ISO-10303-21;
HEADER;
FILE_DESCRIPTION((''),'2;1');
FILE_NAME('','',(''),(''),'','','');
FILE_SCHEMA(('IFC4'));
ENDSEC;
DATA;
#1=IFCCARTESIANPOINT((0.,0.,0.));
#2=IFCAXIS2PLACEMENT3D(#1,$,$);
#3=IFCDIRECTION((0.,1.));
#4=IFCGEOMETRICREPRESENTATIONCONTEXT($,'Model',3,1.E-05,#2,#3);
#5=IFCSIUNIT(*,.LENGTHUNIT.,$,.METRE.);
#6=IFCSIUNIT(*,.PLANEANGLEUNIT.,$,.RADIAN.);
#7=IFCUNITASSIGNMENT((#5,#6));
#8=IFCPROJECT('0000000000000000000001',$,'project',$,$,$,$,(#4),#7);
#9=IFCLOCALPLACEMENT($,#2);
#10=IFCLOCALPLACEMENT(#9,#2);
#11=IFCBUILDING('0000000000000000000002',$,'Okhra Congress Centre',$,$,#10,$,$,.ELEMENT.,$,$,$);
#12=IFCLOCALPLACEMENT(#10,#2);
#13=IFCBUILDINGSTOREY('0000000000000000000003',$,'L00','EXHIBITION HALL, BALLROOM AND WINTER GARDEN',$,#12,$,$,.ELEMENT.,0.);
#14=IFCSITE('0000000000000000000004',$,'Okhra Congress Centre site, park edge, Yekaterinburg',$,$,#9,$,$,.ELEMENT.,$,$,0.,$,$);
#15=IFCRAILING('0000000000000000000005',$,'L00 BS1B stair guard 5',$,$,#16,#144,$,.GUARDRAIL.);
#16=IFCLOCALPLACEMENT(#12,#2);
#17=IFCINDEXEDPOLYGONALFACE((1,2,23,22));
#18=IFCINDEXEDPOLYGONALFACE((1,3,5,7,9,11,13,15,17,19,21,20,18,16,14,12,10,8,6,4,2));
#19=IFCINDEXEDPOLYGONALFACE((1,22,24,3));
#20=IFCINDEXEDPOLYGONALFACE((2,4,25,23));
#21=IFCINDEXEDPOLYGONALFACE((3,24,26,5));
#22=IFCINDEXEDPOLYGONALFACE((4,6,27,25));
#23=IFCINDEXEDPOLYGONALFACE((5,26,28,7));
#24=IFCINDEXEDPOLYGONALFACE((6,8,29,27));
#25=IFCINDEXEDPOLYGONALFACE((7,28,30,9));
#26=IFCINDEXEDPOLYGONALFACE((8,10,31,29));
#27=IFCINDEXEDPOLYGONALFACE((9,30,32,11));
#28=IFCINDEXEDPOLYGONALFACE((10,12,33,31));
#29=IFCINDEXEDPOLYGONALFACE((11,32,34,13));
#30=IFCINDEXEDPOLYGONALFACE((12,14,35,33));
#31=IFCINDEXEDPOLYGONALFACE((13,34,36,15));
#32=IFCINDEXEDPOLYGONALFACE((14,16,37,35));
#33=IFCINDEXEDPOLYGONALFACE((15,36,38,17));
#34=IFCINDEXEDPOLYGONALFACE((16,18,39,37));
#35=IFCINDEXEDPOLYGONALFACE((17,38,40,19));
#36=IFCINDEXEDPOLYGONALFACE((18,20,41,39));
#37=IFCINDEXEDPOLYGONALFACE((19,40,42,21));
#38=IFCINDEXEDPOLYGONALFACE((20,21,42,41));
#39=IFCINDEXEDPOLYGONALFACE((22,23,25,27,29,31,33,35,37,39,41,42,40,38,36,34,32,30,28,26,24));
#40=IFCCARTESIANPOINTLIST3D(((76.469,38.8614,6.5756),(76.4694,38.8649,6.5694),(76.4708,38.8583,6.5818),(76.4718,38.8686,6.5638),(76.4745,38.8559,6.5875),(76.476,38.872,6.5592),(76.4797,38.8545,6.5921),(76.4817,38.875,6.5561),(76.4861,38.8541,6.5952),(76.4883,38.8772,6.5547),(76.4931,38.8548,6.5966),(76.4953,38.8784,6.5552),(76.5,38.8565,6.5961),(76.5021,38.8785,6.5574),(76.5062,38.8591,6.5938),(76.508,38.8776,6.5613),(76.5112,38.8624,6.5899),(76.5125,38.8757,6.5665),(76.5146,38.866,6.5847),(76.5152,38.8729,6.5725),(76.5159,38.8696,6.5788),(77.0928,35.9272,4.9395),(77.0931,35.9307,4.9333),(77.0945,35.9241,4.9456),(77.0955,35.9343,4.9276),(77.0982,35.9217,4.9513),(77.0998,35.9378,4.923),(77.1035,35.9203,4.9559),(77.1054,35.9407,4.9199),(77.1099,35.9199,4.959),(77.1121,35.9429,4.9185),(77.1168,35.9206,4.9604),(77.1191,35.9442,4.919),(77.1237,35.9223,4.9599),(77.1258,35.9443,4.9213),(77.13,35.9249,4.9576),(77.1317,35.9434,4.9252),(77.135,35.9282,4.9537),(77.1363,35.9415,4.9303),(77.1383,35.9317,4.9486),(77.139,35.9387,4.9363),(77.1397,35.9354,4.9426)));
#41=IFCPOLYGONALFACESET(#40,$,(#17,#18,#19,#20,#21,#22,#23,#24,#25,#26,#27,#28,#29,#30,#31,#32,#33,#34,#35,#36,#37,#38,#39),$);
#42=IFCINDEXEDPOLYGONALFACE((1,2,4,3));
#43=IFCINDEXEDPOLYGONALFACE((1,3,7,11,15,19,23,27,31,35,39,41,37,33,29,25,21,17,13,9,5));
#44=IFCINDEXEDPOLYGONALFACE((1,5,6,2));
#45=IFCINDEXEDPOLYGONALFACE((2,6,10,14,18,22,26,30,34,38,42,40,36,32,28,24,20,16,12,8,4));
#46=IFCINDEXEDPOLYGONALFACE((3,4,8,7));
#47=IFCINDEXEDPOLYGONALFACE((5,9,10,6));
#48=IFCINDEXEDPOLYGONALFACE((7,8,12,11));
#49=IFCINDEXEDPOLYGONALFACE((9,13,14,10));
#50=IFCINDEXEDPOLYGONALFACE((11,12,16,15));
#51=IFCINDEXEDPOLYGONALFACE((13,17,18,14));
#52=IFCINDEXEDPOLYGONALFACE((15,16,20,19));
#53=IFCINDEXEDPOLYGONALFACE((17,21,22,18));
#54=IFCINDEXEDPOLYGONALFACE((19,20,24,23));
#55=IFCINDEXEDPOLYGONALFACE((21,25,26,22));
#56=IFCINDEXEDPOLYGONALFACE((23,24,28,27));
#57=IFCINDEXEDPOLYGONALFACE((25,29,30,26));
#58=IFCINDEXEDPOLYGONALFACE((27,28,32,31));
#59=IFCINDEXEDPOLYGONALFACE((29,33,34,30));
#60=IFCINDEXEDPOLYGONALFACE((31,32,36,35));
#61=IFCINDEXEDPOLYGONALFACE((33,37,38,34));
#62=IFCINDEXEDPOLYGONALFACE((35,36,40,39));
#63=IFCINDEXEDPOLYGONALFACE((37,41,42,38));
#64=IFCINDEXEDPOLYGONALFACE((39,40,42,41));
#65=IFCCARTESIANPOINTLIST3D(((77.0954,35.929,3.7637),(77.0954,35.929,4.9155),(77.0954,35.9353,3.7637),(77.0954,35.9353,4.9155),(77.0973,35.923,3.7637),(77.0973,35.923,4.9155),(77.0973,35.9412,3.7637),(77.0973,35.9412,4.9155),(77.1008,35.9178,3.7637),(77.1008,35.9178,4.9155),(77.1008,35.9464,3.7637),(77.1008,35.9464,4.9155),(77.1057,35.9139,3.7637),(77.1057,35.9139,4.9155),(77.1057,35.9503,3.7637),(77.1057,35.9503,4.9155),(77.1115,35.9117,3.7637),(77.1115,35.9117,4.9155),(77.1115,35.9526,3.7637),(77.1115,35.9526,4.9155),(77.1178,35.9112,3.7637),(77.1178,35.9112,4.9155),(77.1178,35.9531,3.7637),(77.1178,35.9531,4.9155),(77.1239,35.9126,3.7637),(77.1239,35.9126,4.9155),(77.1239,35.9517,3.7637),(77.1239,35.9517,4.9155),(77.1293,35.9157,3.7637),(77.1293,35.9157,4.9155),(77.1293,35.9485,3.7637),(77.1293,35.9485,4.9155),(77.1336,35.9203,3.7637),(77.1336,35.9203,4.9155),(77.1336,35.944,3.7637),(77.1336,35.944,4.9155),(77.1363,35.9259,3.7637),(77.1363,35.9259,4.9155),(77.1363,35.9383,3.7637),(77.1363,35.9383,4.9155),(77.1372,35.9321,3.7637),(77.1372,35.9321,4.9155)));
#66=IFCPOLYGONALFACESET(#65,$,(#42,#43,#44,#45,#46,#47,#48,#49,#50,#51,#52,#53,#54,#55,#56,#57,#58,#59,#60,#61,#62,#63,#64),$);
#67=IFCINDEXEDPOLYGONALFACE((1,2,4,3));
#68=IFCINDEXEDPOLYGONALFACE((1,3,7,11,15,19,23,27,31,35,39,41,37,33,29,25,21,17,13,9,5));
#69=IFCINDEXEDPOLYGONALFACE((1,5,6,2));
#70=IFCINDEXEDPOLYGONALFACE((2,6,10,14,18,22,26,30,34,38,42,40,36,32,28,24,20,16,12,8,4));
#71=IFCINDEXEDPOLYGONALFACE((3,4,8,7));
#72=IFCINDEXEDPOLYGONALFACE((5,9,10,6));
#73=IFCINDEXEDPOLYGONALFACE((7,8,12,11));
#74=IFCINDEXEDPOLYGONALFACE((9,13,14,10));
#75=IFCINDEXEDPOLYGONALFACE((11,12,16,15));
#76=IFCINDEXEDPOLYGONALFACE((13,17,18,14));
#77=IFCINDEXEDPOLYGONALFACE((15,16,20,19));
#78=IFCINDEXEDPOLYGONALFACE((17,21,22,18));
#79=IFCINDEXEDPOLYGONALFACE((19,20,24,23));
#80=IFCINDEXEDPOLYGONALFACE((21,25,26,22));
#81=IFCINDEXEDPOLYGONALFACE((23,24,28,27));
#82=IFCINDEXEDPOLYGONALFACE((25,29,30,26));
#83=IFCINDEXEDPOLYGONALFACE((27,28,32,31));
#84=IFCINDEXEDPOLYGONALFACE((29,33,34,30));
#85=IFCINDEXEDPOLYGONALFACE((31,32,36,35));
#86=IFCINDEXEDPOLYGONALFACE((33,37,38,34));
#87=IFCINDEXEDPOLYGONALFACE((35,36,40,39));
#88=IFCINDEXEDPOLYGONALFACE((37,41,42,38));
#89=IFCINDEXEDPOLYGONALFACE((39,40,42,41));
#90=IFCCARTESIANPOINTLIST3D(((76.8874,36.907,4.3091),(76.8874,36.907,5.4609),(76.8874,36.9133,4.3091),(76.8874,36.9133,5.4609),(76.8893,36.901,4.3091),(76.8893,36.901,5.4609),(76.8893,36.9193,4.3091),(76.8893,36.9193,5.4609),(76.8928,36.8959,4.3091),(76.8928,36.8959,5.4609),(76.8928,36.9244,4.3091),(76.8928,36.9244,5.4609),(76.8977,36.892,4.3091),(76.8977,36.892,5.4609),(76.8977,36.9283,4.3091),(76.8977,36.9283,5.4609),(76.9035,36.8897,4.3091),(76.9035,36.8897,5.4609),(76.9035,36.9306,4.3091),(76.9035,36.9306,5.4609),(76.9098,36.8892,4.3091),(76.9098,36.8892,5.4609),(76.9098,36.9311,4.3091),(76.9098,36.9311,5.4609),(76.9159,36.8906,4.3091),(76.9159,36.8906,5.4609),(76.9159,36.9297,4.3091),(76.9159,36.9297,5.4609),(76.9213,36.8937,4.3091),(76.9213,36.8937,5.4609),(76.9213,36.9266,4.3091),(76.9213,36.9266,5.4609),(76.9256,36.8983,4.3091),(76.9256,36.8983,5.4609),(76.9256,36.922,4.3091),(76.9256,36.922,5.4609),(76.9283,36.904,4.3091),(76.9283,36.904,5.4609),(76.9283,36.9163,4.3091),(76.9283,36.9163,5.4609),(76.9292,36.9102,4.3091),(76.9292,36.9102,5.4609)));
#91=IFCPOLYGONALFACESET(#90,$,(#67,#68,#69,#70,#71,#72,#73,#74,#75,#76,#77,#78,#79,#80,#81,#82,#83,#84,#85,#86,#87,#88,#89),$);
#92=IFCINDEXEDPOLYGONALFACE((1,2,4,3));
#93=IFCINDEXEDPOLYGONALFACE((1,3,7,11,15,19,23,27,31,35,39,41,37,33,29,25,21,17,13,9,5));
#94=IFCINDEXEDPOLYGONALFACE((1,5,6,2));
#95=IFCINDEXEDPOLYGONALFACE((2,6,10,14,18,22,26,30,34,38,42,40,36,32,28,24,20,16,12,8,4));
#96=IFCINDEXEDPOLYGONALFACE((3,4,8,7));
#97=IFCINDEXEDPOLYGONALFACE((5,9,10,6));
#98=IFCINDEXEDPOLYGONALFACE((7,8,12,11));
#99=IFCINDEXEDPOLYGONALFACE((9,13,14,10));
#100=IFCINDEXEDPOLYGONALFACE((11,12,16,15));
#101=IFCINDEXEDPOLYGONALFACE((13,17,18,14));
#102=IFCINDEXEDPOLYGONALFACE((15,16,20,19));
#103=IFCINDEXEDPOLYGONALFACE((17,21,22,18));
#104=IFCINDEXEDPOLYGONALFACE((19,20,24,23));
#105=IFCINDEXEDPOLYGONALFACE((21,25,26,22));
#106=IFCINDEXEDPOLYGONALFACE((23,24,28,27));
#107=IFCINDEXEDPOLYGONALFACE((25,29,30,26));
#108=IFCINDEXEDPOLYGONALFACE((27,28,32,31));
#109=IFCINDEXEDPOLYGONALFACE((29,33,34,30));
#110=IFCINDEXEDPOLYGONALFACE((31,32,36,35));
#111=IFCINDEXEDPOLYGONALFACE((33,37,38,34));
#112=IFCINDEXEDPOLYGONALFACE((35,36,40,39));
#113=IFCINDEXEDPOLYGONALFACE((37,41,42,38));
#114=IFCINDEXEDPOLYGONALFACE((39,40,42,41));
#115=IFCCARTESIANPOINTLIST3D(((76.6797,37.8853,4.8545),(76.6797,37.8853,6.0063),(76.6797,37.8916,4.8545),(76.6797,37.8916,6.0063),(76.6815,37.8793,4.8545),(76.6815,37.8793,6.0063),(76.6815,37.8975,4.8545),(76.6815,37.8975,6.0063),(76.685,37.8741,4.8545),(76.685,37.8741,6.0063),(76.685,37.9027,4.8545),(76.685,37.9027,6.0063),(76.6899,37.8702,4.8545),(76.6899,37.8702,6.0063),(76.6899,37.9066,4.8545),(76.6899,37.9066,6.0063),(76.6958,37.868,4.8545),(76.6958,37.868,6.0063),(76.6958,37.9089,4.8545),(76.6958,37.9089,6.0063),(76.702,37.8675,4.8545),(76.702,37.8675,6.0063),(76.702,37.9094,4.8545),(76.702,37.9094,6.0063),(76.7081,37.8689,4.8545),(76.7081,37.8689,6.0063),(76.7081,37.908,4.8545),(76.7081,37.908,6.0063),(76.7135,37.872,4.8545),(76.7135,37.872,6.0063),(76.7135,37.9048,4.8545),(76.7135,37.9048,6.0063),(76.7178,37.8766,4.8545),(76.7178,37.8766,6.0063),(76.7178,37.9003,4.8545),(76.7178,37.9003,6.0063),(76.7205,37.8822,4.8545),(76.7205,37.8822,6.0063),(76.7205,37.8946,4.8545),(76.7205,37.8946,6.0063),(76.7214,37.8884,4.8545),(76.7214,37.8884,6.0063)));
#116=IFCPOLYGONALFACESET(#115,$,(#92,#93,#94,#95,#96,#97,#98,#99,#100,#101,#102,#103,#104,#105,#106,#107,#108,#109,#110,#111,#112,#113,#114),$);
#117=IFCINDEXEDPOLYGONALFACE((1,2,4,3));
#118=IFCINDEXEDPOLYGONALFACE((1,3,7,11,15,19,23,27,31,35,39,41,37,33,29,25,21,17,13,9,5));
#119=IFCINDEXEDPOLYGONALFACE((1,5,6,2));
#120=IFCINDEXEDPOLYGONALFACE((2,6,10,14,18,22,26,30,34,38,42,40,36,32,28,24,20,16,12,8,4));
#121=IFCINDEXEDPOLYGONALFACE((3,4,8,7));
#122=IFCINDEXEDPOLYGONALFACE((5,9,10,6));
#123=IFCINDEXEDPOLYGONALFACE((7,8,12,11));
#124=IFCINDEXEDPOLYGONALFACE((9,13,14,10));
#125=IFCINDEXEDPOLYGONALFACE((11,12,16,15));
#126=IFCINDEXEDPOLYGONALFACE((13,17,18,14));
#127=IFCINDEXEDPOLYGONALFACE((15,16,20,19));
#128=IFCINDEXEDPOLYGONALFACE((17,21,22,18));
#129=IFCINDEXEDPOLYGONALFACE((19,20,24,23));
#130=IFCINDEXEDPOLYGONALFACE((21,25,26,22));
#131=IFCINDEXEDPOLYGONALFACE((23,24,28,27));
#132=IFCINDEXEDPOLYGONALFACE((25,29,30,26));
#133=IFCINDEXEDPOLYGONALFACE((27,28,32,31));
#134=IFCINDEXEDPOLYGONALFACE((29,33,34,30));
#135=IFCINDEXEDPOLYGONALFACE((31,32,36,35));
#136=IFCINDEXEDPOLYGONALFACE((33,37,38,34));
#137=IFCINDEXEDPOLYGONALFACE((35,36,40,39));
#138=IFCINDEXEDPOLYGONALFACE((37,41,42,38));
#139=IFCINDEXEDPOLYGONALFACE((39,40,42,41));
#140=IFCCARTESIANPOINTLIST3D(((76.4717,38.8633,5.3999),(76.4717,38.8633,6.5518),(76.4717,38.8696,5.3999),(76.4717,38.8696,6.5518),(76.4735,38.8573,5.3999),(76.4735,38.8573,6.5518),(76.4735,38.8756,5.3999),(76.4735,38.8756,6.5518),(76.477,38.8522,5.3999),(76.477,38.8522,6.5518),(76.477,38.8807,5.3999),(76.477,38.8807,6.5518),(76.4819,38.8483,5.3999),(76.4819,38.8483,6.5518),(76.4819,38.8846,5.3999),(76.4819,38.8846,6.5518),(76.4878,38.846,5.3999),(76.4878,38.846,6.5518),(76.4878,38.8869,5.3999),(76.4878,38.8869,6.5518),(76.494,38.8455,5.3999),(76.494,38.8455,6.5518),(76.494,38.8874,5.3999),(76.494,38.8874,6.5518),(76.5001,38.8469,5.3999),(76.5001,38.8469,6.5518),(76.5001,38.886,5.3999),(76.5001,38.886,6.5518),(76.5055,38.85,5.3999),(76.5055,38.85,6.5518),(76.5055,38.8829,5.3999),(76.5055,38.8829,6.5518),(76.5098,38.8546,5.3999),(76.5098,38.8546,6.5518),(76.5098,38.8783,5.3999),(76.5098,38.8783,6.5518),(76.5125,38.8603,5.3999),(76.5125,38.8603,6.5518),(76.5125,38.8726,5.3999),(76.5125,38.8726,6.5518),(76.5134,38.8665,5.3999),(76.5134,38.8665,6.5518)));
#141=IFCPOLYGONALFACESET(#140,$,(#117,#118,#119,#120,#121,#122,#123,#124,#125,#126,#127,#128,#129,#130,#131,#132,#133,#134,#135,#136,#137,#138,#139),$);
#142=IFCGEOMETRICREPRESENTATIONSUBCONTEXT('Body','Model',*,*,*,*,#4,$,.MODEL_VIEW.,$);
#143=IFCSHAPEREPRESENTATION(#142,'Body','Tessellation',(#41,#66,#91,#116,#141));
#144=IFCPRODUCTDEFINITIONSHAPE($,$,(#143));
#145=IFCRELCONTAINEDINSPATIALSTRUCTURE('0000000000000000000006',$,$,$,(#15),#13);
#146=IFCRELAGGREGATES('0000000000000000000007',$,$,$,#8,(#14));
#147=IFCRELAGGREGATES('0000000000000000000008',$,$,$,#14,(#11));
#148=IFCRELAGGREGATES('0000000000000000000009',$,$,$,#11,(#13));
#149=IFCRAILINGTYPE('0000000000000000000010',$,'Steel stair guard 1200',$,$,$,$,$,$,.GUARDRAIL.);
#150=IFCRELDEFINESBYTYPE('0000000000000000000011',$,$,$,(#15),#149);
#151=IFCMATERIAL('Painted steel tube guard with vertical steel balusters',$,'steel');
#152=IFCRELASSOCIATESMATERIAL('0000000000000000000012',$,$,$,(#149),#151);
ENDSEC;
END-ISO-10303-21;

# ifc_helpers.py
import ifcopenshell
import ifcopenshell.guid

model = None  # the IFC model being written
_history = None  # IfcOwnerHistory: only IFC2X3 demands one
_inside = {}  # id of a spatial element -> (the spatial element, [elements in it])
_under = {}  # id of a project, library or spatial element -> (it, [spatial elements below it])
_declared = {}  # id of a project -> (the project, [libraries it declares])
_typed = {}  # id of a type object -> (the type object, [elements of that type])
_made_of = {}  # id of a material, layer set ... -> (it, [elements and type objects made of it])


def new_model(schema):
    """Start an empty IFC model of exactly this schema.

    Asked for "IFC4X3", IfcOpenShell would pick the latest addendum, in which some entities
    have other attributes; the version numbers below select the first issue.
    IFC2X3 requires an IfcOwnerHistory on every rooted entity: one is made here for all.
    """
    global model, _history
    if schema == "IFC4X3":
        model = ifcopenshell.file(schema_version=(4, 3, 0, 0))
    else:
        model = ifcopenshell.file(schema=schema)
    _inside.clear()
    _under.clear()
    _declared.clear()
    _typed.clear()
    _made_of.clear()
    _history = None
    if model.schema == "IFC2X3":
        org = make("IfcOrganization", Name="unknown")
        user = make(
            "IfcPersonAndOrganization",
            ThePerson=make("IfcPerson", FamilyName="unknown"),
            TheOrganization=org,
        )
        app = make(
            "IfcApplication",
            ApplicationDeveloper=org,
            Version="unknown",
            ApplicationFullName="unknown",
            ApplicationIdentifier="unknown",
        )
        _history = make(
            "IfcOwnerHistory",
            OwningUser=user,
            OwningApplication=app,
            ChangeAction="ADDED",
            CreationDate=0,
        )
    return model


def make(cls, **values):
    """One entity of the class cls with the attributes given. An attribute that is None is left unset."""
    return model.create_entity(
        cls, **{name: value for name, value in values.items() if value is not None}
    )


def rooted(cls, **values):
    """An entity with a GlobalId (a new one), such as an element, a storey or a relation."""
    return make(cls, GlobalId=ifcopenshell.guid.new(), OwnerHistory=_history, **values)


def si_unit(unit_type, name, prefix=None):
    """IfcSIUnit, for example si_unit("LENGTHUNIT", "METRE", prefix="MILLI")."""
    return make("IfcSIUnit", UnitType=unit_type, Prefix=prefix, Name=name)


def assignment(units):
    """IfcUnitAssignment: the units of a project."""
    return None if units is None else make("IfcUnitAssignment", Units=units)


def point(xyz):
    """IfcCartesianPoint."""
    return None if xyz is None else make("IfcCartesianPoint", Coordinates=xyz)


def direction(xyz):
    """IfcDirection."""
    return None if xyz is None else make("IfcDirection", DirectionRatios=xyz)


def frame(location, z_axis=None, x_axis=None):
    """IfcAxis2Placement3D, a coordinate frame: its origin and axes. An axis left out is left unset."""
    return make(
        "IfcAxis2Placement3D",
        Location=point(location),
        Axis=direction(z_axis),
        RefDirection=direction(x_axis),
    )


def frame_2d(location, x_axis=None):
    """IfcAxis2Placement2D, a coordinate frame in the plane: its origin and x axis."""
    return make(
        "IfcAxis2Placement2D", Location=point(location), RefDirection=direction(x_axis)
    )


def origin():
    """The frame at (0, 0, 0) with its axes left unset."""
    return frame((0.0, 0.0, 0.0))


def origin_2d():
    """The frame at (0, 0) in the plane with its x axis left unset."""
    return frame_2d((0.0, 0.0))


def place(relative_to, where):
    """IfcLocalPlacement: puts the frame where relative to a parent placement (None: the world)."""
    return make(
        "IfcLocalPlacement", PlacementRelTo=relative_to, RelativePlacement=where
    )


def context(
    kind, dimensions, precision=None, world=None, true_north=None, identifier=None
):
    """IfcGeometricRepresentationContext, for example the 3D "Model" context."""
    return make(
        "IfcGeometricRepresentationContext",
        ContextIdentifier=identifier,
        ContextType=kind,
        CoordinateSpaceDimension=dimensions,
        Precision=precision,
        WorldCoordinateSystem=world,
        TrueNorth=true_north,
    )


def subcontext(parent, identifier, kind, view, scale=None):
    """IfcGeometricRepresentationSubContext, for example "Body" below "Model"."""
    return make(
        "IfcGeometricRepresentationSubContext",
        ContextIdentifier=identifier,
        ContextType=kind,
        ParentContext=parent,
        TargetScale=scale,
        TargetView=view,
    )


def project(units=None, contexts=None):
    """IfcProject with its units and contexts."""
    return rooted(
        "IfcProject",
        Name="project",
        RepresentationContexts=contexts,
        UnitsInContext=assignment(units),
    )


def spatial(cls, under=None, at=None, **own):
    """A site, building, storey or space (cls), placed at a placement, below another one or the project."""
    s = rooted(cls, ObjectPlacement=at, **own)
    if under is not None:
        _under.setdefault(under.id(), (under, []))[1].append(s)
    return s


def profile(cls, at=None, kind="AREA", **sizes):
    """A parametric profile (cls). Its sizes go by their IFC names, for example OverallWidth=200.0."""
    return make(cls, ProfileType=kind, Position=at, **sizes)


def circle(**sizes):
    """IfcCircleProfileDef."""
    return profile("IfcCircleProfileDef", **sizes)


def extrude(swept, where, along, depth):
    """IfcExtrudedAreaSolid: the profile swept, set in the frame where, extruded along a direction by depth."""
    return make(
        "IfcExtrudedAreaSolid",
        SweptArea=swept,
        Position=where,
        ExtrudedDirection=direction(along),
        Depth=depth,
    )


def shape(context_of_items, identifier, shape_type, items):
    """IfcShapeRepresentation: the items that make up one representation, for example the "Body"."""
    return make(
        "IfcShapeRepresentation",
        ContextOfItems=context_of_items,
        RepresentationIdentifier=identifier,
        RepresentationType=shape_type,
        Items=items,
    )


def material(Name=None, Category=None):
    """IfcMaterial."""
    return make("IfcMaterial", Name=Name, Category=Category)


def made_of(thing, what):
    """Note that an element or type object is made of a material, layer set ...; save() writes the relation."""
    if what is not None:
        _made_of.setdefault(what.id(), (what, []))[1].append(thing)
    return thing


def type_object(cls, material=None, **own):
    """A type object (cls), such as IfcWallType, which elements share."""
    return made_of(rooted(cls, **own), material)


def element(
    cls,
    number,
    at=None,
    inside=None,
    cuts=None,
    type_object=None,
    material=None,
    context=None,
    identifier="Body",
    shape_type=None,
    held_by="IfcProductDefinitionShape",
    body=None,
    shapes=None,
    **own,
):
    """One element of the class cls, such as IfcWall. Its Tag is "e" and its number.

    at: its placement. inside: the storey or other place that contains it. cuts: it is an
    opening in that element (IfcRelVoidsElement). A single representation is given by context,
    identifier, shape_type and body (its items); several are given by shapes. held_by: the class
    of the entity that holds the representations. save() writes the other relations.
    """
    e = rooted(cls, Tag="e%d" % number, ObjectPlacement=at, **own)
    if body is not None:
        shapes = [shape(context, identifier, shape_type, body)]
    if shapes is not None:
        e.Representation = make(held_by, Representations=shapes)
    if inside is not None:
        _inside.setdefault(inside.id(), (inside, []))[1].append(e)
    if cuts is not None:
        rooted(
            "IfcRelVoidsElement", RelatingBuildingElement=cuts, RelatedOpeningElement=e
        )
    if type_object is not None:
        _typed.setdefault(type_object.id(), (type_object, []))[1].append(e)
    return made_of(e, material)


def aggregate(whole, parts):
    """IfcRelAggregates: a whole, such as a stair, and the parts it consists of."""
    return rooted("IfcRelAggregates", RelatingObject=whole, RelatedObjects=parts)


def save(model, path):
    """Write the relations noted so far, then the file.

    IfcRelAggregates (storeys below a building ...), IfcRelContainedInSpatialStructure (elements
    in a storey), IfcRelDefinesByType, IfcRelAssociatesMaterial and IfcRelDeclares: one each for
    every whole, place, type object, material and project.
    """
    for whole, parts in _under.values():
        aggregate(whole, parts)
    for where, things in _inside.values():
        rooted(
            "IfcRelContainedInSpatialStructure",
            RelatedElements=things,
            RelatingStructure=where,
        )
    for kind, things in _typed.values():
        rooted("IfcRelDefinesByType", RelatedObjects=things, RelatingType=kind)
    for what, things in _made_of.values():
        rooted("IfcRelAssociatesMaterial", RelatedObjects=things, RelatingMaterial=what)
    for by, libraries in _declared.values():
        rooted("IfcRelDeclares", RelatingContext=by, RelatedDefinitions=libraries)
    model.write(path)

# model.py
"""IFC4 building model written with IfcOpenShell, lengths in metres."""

from ifc_helpers import new_model, si_unit, direction, frame, origin, origin_2d, place, context, subcontext, project, spatial, circle, extrude, material, type_object, element, save


model = new_model("IFC4")

# Units and contexts
model_context = context("Model", 3, precision=1e-05, world=origin(), true_north=direction((0.0, 1.0)))
body_context = subcontext(model_context, "Body", "Model", "MODEL_VIEW")
ifc_project = project(units=[si_unit("LENGTHUNIT", "METRE"), si_unit("PLANEANGLEUNIT", "RADIAN")], contexts=[model_context])

# Site, building, storey
site_placement = place(None, origin())
site = spatial("IfcSite", under=ifc_project, at=site_placement, Name="Okhra Congress Centre site, park edge, Yekaterinburg", CompositionType="ELEMENT", RefElevation=0.0)
building_placement = place(site_placement, origin())
building = spatial("IfcBuilding", under=site, at=building_placement, Name="Okhra Congress Centre", CompositionType="ELEMENT")
storey_placement = place(building_placement, origin())
storey = spatial("IfcBuildingStorey", under=building, at=storey_placement, Name="L00", Description="EXHIBITION HALL, BALLROOM AND WINTER GARDEN", CompositionType="ELEMENT", Elevation=0.0)

# Railing
ifc_material_1 = material(Name="Painted steel tube guard with vertical steel balusters", Category="steel")
railing_type_1 = type_object("IfcRailingType", Name="Steel stair guard 1200", PredefinedType="GUARDRAIL", material=ifc_material_1)
railing_1_placement = place(storey_placement, frame((77.1162, 35.9321, 3.7637)))
element("IfcRailing", 1, at=railing_1_placement, inside=storey, type_object=railing_type_1, Name="L00 BS1B stair guard 5", PredefinedType="GUARDRAIL", context=body_context, shape_type="SweptSolid", body=[
    extrude(circle(Radius=0.0239, at=origin_2d()), frame((0.0, 0.0, 1.1758), z_axis=(-0.182546, 0.858716, 0.478835), x_axis=(-0.978143, -0.207934, 0.0)), (0.0, 0.0, 1.0), 3.417),
    extrude(circle(Radius=0.021, at=origin_2d()), origin(), (0.0, 0.0, 1.0), 1.1519),
    extrude(circle(Radius=0.021, at=origin_2d()), frame((-0.208, 0.978, 0.5454)), (0.0, 0.0, 1.0), 1.1519),
    extrude(circle(Radius=0.021, at=origin_2d()), frame((-0.4158, 1.9563, 1.0908)), (0.0, 0.0, 1.0), 1.1519),
    extrude(circle(Radius=0.021, at=origin_2d()), frame((-0.6238, 2.9343, 1.6362)), (0.0, 0.0, 1.0), 1.1519),
])

save(model, "model.ifc")
